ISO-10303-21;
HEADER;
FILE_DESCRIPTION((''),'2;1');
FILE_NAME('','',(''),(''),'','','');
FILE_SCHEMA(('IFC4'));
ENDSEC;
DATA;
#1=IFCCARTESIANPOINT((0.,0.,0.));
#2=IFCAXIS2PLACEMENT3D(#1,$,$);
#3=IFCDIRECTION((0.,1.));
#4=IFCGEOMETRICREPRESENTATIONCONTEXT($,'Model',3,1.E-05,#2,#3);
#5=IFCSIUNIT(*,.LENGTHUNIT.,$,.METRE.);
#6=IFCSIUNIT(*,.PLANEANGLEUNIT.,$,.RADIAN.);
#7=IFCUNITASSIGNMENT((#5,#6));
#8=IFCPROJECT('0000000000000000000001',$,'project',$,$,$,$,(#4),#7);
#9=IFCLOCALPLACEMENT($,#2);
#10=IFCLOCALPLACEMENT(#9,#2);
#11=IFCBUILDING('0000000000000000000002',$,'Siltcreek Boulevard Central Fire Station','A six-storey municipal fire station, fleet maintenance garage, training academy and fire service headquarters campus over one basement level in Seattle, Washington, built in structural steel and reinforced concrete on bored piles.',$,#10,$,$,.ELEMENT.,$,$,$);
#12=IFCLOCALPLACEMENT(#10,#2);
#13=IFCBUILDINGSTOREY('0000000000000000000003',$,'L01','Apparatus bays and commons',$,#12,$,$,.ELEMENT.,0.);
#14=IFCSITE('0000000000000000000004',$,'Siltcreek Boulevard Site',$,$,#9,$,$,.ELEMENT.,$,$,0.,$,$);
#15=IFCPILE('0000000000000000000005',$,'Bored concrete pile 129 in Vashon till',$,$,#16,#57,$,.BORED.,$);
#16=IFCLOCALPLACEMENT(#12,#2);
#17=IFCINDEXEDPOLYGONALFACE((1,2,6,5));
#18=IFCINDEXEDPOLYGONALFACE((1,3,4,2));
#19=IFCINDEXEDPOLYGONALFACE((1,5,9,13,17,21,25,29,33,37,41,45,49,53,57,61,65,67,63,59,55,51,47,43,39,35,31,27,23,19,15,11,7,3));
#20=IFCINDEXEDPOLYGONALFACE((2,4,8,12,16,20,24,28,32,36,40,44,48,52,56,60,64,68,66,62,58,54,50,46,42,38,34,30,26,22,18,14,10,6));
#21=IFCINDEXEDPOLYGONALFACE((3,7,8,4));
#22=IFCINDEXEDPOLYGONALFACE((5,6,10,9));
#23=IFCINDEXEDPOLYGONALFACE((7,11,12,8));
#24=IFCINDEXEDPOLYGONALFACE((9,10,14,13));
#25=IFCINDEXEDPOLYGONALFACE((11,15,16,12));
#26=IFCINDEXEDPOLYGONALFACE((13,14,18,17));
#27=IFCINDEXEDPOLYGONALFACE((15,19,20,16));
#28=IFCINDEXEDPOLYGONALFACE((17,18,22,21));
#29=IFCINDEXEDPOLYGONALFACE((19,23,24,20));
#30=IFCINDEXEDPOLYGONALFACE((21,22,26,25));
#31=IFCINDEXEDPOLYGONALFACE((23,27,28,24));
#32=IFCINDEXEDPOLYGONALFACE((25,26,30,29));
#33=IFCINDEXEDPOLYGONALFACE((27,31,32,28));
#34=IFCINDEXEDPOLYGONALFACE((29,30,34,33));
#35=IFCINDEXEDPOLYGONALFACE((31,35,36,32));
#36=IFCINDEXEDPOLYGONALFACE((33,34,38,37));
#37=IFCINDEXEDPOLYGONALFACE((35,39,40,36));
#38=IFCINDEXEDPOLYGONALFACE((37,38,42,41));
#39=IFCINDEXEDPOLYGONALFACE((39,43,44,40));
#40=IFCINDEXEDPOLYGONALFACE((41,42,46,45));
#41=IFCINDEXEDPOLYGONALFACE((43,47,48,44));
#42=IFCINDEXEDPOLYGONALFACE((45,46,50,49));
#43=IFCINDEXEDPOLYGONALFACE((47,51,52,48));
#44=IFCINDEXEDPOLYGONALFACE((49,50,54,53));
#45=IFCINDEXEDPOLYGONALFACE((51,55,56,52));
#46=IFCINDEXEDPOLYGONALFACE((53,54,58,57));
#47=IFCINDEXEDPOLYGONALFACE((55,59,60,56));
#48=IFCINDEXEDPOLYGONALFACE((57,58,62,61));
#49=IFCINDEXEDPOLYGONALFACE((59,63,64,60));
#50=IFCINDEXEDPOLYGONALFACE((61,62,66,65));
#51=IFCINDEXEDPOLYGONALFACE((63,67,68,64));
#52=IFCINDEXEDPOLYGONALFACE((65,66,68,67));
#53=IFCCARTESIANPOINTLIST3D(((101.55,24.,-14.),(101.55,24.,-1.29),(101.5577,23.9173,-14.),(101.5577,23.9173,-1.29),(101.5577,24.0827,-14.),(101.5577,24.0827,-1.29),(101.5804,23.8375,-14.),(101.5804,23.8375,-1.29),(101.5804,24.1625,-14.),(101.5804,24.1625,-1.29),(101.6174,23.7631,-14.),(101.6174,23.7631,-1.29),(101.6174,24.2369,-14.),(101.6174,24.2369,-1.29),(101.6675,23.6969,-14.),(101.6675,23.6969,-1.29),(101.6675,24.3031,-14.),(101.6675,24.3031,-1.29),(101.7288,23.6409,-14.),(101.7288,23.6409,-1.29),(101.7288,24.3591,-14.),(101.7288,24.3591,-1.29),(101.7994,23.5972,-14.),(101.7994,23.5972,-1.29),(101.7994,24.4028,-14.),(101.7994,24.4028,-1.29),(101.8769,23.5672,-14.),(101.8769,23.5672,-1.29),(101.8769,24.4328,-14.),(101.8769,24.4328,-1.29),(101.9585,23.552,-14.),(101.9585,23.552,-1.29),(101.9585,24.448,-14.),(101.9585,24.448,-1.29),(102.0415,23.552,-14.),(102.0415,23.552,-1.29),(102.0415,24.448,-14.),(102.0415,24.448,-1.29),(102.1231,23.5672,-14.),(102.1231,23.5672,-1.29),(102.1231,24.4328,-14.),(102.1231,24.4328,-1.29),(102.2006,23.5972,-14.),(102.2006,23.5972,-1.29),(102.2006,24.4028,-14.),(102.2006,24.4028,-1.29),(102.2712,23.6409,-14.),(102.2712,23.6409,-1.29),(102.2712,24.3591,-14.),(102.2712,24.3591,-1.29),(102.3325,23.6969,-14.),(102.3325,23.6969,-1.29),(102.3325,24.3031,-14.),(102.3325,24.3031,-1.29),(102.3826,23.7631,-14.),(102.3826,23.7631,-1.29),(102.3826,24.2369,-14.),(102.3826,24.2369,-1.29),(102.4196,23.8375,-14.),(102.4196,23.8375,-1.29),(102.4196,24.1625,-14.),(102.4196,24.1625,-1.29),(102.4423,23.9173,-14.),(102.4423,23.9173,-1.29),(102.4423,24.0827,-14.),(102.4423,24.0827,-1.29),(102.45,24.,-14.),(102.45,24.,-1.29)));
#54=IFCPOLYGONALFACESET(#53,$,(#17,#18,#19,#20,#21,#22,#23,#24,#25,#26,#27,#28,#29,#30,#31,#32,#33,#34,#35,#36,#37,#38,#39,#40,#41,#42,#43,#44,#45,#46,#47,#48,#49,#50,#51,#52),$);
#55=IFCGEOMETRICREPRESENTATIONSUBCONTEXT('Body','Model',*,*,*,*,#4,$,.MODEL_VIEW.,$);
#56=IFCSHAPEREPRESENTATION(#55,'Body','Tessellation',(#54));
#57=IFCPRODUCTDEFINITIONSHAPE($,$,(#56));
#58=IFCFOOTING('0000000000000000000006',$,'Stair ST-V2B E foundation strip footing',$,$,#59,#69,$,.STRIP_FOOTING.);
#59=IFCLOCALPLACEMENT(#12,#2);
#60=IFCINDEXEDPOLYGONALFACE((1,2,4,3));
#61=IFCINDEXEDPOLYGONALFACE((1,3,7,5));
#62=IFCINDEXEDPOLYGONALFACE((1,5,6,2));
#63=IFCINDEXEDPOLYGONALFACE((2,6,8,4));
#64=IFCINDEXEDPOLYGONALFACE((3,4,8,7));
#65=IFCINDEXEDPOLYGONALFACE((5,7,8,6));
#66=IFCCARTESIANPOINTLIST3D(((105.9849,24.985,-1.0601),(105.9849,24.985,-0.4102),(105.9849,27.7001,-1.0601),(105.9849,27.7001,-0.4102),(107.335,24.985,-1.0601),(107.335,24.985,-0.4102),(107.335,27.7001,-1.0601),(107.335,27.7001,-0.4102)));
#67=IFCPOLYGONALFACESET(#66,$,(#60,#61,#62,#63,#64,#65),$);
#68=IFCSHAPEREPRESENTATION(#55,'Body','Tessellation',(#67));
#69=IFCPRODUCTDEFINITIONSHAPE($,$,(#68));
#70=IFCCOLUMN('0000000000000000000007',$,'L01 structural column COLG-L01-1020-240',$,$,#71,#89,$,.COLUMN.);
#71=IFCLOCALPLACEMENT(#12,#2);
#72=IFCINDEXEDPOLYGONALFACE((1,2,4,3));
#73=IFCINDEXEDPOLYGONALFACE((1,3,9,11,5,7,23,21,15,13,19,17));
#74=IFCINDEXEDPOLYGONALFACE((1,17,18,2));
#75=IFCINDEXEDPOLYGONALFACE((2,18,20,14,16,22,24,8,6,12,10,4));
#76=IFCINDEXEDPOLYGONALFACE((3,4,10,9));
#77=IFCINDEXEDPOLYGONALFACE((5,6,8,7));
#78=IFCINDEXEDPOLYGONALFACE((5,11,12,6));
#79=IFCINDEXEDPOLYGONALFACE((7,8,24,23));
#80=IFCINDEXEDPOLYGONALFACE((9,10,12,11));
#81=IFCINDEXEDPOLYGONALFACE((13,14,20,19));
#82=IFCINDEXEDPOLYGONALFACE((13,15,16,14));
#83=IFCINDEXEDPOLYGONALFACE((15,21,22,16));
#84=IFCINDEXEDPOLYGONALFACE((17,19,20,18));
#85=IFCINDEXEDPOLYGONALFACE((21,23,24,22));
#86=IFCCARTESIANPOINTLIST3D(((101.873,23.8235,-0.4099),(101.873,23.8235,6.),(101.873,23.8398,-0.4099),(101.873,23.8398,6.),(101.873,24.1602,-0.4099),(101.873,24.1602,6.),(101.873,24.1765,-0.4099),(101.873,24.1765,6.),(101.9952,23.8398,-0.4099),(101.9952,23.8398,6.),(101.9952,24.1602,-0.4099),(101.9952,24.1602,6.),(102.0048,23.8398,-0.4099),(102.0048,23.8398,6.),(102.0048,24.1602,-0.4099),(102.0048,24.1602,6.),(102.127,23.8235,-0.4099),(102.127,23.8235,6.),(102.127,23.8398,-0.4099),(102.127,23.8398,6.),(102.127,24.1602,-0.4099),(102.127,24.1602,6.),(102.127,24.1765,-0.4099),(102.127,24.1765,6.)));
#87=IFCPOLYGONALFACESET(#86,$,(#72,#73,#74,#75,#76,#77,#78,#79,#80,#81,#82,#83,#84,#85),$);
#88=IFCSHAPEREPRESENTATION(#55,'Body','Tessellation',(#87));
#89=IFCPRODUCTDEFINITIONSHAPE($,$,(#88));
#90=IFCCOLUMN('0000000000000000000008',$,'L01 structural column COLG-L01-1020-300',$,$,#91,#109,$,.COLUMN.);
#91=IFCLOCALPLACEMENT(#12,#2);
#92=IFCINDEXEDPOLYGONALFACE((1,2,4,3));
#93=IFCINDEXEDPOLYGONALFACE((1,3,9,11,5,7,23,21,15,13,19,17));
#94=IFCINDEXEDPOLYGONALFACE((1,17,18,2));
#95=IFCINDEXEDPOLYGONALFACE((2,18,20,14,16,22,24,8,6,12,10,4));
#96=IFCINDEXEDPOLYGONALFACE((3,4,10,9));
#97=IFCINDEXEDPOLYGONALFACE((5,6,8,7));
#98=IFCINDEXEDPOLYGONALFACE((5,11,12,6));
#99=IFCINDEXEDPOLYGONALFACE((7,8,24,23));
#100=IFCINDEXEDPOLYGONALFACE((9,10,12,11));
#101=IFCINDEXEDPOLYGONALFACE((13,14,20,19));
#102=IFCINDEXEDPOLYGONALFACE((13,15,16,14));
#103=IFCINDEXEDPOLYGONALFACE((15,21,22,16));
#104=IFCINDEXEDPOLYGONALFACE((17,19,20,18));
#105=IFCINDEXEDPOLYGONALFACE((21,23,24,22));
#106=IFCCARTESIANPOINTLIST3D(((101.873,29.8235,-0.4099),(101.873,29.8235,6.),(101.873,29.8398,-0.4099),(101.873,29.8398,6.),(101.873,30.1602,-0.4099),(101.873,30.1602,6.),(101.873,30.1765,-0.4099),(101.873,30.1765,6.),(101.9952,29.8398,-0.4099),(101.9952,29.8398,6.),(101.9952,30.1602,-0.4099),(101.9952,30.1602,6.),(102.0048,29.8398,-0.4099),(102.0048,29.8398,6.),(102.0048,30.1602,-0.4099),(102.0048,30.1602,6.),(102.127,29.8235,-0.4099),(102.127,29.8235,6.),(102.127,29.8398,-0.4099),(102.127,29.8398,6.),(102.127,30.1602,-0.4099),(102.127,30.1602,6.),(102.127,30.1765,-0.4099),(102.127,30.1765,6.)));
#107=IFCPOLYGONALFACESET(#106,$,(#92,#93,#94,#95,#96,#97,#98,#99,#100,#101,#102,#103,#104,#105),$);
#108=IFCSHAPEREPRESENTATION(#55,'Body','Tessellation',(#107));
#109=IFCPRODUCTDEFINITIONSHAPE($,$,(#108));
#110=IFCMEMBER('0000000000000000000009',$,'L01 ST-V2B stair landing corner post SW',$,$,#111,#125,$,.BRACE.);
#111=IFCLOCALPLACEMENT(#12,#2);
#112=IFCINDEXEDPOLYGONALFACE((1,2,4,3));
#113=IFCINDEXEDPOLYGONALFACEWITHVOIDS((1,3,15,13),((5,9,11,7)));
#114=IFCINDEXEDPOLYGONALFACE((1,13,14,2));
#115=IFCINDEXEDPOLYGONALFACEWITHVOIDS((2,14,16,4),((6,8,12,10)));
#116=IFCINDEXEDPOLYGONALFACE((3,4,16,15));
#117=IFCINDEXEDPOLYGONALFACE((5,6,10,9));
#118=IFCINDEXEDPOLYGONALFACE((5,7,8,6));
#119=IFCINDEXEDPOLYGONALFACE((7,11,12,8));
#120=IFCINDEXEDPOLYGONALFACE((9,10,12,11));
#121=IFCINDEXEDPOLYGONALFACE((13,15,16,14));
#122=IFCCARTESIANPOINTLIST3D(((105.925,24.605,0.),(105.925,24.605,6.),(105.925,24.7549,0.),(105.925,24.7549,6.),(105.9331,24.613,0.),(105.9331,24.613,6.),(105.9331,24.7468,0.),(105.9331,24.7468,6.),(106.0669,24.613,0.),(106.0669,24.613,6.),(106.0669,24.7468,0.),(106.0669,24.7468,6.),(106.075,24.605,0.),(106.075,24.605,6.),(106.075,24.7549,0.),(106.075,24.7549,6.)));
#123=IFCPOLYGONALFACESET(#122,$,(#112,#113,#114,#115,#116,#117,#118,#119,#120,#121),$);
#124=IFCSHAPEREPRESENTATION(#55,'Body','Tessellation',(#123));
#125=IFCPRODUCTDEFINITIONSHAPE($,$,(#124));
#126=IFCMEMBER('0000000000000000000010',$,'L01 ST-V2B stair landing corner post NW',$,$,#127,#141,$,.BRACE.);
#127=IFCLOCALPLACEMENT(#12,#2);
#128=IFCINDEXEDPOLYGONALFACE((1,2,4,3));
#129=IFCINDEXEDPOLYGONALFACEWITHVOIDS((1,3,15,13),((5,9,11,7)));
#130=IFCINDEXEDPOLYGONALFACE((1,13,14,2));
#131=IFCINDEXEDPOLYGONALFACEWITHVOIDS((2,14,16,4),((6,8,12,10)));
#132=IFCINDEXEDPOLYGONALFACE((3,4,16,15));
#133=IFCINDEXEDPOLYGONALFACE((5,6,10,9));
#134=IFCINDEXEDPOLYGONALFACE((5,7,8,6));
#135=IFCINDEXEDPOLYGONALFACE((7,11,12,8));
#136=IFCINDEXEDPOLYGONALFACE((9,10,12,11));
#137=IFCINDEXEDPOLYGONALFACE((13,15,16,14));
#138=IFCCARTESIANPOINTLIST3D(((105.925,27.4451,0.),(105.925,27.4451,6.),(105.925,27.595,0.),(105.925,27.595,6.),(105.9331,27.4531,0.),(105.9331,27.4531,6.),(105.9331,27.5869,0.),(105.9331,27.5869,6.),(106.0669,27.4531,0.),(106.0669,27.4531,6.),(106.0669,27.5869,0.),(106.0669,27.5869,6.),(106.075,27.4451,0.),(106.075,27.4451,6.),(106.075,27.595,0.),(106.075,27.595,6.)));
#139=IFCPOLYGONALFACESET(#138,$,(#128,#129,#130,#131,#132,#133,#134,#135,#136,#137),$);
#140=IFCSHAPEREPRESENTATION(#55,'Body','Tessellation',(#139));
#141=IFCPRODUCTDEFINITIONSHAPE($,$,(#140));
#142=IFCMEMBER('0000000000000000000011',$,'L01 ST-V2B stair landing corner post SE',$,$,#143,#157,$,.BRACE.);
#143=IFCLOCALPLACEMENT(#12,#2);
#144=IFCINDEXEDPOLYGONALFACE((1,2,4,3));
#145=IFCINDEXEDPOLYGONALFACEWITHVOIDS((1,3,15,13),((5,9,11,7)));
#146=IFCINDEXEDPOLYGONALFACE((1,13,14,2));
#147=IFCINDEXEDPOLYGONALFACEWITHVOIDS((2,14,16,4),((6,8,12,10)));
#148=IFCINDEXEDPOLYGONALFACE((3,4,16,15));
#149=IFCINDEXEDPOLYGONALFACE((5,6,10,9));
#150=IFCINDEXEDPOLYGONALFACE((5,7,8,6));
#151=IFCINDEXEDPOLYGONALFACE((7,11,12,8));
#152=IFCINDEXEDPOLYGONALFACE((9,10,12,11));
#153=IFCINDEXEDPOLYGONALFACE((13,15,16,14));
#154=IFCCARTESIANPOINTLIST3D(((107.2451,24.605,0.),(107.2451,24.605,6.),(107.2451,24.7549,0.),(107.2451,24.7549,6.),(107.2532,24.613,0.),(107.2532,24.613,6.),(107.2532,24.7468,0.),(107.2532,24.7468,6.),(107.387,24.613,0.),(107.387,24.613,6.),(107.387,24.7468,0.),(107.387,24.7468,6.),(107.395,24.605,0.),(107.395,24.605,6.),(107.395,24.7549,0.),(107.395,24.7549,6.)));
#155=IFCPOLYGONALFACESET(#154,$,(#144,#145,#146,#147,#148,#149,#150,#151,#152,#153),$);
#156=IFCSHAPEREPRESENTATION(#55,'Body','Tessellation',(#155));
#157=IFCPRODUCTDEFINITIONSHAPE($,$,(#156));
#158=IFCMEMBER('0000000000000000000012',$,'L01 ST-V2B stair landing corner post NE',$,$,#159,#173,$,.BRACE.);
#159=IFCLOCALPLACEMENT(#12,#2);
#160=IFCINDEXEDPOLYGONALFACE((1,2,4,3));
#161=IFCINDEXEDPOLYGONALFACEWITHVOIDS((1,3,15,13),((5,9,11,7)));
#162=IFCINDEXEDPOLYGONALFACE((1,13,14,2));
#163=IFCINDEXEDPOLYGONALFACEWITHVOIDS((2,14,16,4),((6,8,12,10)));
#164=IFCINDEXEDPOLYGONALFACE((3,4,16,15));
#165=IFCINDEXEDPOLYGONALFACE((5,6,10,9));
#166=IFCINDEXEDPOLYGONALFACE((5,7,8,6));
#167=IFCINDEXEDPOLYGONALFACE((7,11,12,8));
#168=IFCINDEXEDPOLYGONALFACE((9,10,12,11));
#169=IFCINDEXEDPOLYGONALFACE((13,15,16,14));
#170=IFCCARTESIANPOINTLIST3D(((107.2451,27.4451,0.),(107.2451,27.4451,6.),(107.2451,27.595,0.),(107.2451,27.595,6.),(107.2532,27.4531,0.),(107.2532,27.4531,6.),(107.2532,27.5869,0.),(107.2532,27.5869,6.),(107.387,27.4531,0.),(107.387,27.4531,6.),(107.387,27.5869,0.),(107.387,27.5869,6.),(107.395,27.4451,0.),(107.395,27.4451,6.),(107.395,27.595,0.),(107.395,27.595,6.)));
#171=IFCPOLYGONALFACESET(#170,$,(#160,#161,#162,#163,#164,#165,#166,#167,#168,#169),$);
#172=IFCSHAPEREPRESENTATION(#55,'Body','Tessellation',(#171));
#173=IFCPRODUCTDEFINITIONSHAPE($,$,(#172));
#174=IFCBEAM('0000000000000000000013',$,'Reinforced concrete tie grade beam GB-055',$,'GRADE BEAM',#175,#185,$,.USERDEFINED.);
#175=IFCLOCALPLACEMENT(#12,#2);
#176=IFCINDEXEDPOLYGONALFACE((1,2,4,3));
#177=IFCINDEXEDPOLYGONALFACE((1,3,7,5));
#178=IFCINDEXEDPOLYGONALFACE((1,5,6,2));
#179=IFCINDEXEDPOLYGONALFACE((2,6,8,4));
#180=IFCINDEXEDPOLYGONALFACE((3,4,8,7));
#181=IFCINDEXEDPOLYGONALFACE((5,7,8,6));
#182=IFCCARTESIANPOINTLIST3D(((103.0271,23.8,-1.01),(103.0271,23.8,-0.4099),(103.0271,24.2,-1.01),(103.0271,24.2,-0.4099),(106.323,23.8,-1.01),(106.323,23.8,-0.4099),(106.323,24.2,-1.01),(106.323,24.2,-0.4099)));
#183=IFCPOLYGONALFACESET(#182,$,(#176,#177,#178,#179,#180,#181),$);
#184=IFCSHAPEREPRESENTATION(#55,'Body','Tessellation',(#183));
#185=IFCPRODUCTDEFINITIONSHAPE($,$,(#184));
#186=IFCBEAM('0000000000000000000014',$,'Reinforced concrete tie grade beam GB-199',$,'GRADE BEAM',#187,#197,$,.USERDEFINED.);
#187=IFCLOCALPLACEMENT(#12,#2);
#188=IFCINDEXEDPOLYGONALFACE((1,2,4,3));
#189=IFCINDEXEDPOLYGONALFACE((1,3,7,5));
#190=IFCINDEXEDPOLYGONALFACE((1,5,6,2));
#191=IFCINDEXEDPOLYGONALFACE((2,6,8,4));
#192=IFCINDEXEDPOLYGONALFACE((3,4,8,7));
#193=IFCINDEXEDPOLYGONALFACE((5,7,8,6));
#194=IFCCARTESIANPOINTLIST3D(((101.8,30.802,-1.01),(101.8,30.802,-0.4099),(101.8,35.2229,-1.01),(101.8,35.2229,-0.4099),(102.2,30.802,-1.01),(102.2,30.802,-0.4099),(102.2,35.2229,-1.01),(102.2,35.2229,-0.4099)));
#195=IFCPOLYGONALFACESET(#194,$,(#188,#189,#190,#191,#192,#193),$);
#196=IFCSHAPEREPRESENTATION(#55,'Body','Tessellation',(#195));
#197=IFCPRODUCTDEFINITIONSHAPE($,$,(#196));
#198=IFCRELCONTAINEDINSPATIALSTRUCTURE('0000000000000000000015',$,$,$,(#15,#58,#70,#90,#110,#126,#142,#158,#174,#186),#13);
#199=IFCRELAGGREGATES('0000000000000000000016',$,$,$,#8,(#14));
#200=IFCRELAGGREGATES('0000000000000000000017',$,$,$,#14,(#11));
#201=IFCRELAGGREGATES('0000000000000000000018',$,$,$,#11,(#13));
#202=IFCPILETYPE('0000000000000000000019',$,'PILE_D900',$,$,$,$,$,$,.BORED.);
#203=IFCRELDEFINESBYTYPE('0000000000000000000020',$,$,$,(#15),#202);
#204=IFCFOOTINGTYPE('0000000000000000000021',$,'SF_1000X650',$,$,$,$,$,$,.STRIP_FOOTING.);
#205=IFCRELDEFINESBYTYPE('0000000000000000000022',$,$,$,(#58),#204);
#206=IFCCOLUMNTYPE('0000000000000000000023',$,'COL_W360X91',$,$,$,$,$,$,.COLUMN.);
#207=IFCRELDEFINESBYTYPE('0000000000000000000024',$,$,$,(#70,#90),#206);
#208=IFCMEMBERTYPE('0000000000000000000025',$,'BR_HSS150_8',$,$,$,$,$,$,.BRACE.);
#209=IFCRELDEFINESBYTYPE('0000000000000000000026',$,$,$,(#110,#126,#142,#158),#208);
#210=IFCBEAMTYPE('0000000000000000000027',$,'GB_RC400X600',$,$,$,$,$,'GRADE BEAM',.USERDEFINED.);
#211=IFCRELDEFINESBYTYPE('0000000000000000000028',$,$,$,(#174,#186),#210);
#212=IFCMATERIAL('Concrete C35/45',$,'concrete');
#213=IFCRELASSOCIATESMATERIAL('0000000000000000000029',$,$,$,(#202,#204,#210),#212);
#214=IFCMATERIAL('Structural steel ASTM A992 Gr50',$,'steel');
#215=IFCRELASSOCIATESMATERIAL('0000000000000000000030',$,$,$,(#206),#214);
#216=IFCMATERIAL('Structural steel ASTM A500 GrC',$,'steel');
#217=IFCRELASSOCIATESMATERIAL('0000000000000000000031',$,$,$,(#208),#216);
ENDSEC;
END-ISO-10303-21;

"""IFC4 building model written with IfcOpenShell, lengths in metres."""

from ifc_helpers import new_model, si_unit, direction, frame, origin, origin_2d, place, context, subcontext, project, spatial, rectangle, hollow_rectangle, circle, i_section, extrude, material, material_profile, profile_set, type_object, element, save


model = new_model("IFC4")

# Units and contexts
model_context = context("Model", 3, precision=1e-05, world=origin(), true_north=direction((0.0, 1.0)))
body_context = subcontext(model_context, "Body", "Model", "MODEL_VIEW")
ifc_project = project(units=[si_unit("LENGTHUNIT", "METRE"), si_unit("PLANEANGLEUNIT", "RADIAN")], contexts=[model_context])

# Site, building, storey
site_placement = place(None, origin())
site = spatial("IfcSite", under=ifc_project, at=site_placement, Name="Siltcreek Boulevard Site", CompositionType="ELEMENT", RefElevation=0.0)
building_placement = place(site_placement, origin())
building = spatial("IfcBuilding", under=site, at=building_placement, Name="Siltcreek Boulevard Central Fire Station", Description="A six-storey municipal fire station, fleet maintenance garage, training academy and fire service headquarters campus over one basement level in Seattle, Washington, built in structural steel and reinforced concrete on bored piles.", CompositionType="ELEMENT")
storey_placement = place(building_placement, origin())
storey = spatial("IfcBuildingStorey", under=building, at=storey_placement, Name="L01", Description="Apparatus bays and commons", CompositionType="ELEMENT", Elevation=0.0)

# Shared definitions
ifc_material_1 = material(Name="Concrete C35/45", Category="concrete")

# Pile
ifc_material_profile_1 = material_profile(ifc_material_1, circle(Radius=0.45, at=origin_2d()), Name="SHAFT900")
ifc_profile_set_1 = profile_set([ifc_material_profile_1], Name="Concrete C35/45")
pile_type_1 = type_object("IfcPileType", Name="PILE_D900", PredefinedType="BORED", material=ifc_profile_set_1)
pile_1_placement = place(storey_placement, frame((102.0, 24.0, -1.29), z_axis=(0.0, 0.0, -1.0), x_axis=(1.0, 0.0, 0.0)))
element("IfcPile", 1, at=pile_1_placement, inside=storey, type_object=pile_type_1, Name="Bored concrete pile 129 in Vashon till", PredefinedType="BORED", context=body_context, shape_type="SweptSolid", body=[
    extrude(circle(Radius=0.45, at=origin_2d()), origin(), (0.0, 0.0, 1.0), 12.71),
])

# Footing
footing_type_1 = type_object("IfcFootingType", Name="SF_1000X650", PredefinedType="STRIP_FOOTING", material=ifc_material_1)
footing_1_placement = place(storey_placement, frame((106.6599, 26.3425, -1.0601), z_axis=(0.0, 0.0, 1.0), x_axis=(1.0, 0.0, 0.0)))
element("IfcFooting", 2, at=footing_1_placement, inside=storey, type_object=footing_type_1, Name="Stair ST-V2B E foundation strip footing", PredefinedType="STRIP_FOOTING", context=body_context, shape_type="SweptSolid", body=[
    extrude(rectangle(XDim=1.3501, YDim=2.7151, at=origin_2d()), origin(), (0.0, 0.0, 1.0), 0.6499),
])

# Columns
ifc_material_2 = material(Name="Structural steel ASTM A992 Gr50", Category="steel")
ifc_material_profile_2 = material_profile(ifc_material_2, i_section(OverallWidth=0.2539, OverallDepth=0.353, WebThickness=0.0095, FlangeThickness=0.0164, at=origin_2d()), Name="W360X91")
ifc_profile_set_2 = profile_set([ifc_material_profile_2], Name="Structural steel ASTM A992 Gr50")
column_type = type_object("IfcColumnType", Name="COL_W360X91", PredefinedType="COLUMN", material=ifc_profile_set_2)
for number, where, z_axis, x_axis, name in (
    (3, (102.0, 24.0, -0.4099), (0.0, 0.0, 1.0), (1.0, 0.0, 0.0), "L01 structural column COLG-L01-1020-240"),
    (4, (102.0, 30.0, -0.4099), (0.0, 0.0, 1.0), (1.0, 0.0, 0.0), "L01 structural column COLG-L01-1020-300"),
):
    element("IfcColumn", number, at=place(storey_placement, frame(where, z_axis=z_axis, x_axis=x_axis)), inside=storey, type_object=column_type, Name=name, PredefinedType="COLUMN", context=body_context, shape_type="SweptSolid", body=[
        extrude(i_section(OverallWidth=0.2539, OverallDepth=0.353, WebThickness=0.0095, FlangeThickness=0.0164, at=origin_2d()), origin(), (0.0, 0.0, 1.0), 6.4099),
    ])

# Members
ifc_material_3 = material(Name="Structural steel ASTM A500 GrC", Category="steel")
ifc_material_profile_3 = material_profile(ifc_material_3, hollow_rectangle(XDim=0.1499, YDim=0.1499, WallThickness=0.0081, at=origin_2d()), Name="HSS150X150X8.0")
ifc_profile_set_3 = profile_set([ifc_material_profile_3], Name="Structural steel ASTM A500 GrC")
member_type = type_object("IfcMemberType", Name="BR_HSS150_8", PredefinedType="BRACE", material=ifc_profile_set_3)
for number, where, z_axis, x_axis, name in (
    (5, (106.0, 24.6799, 0.0), (0.0, 0.0, 1.0), (1.0, 0.0, 0.0), "L01 ST-V2B stair landing corner post SW"),
    (6, (106.0, 27.52, 0.0), (0.0, 0.0, 1.0), (1.0, 0.0, 0.0), "L01 ST-V2B stair landing corner post NW"),
    (7, (107.3201, 24.6799, 0.0), (0.0, 0.0, 1.0), (1.0, 0.0, 0.0), "L01 ST-V2B stair landing corner post SE"),
    (8, (107.3201, 27.52, 0.0), (0.0, 0.0, 1.0), (1.0, 0.0, 0.0), "L01 ST-V2B stair landing corner post NE"),
):
    element("IfcMember", number, at=place(storey_placement, frame(where, z_axis=z_axis, x_axis=x_axis)), inside=storey, type_object=member_type, Name=name, PredefinedType="BRACE", context=body_context, shape_type="SweptSolid", body=[
        extrude(hollow_rectangle(XDim=0.1499, YDim=0.1499, WallThickness=0.0081, at=origin_2d()), origin(), (0.0, 0.0, 1.0), 6.0),
    ])

# Beams
ifc_material_profile_4 = material_profile(ifc_material_1, rectangle(XDim=0.3999, YDim=0.6001, at=origin_2d()), Name="RC400X600")
ifc_profile_set_4 = profile_set([ifc_material_profile_4], Name="Concrete C35/45")
beam_type_1 = type_object("IfcBeamType", Name="GB_RC400X600", ElementType="GRADE BEAM", PredefinedType="USERDEFINED", material=ifc_profile_set_4)
beam_1_placement = place(storey_placement, frame((103.0271, 24.0, -0.71), z_axis=(1.0, 0.0, 0.0), x_axis=(0.0, 1.0, 0.0)))
element("IfcBeam", 9, at=beam_1_placement, inside=storey, type_object=beam_type_1, Name="Reinforced concrete tie grade beam GB-055", ObjectType="GRADE BEAM", PredefinedType="USERDEFINED", context=body_context, shape_type="SweptSolid", body=[
    extrude(rectangle(XDim=0.3999, YDim=0.6001, at=origin_2d()), origin(), (0.0, 0.0, 1.0), 3.2959),
])
beam_2_placement = place(storey_placement, frame((102.0, 30.802, -0.71), z_axis=(0.0, 1.0, 0.0), x_axis=(-1.0, 0.0, 0.0)))
element("IfcBeam", 10, at=beam_2_placement, inside=storey, type_object=beam_type_1, Name="Reinforced concrete tie grade beam GB-199", ObjectType="GRADE BEAM", PredefinedType="USERDEFINED", context=body_context, shape_type="SweptSolid", body=[
    extrude(rectangle(XDim=0.3999, YDim=0.6001, at=origin_2d()), origin(), (0.0, 0.0, 1.0), 4.4209),
])

save(model, "model.ifc")
